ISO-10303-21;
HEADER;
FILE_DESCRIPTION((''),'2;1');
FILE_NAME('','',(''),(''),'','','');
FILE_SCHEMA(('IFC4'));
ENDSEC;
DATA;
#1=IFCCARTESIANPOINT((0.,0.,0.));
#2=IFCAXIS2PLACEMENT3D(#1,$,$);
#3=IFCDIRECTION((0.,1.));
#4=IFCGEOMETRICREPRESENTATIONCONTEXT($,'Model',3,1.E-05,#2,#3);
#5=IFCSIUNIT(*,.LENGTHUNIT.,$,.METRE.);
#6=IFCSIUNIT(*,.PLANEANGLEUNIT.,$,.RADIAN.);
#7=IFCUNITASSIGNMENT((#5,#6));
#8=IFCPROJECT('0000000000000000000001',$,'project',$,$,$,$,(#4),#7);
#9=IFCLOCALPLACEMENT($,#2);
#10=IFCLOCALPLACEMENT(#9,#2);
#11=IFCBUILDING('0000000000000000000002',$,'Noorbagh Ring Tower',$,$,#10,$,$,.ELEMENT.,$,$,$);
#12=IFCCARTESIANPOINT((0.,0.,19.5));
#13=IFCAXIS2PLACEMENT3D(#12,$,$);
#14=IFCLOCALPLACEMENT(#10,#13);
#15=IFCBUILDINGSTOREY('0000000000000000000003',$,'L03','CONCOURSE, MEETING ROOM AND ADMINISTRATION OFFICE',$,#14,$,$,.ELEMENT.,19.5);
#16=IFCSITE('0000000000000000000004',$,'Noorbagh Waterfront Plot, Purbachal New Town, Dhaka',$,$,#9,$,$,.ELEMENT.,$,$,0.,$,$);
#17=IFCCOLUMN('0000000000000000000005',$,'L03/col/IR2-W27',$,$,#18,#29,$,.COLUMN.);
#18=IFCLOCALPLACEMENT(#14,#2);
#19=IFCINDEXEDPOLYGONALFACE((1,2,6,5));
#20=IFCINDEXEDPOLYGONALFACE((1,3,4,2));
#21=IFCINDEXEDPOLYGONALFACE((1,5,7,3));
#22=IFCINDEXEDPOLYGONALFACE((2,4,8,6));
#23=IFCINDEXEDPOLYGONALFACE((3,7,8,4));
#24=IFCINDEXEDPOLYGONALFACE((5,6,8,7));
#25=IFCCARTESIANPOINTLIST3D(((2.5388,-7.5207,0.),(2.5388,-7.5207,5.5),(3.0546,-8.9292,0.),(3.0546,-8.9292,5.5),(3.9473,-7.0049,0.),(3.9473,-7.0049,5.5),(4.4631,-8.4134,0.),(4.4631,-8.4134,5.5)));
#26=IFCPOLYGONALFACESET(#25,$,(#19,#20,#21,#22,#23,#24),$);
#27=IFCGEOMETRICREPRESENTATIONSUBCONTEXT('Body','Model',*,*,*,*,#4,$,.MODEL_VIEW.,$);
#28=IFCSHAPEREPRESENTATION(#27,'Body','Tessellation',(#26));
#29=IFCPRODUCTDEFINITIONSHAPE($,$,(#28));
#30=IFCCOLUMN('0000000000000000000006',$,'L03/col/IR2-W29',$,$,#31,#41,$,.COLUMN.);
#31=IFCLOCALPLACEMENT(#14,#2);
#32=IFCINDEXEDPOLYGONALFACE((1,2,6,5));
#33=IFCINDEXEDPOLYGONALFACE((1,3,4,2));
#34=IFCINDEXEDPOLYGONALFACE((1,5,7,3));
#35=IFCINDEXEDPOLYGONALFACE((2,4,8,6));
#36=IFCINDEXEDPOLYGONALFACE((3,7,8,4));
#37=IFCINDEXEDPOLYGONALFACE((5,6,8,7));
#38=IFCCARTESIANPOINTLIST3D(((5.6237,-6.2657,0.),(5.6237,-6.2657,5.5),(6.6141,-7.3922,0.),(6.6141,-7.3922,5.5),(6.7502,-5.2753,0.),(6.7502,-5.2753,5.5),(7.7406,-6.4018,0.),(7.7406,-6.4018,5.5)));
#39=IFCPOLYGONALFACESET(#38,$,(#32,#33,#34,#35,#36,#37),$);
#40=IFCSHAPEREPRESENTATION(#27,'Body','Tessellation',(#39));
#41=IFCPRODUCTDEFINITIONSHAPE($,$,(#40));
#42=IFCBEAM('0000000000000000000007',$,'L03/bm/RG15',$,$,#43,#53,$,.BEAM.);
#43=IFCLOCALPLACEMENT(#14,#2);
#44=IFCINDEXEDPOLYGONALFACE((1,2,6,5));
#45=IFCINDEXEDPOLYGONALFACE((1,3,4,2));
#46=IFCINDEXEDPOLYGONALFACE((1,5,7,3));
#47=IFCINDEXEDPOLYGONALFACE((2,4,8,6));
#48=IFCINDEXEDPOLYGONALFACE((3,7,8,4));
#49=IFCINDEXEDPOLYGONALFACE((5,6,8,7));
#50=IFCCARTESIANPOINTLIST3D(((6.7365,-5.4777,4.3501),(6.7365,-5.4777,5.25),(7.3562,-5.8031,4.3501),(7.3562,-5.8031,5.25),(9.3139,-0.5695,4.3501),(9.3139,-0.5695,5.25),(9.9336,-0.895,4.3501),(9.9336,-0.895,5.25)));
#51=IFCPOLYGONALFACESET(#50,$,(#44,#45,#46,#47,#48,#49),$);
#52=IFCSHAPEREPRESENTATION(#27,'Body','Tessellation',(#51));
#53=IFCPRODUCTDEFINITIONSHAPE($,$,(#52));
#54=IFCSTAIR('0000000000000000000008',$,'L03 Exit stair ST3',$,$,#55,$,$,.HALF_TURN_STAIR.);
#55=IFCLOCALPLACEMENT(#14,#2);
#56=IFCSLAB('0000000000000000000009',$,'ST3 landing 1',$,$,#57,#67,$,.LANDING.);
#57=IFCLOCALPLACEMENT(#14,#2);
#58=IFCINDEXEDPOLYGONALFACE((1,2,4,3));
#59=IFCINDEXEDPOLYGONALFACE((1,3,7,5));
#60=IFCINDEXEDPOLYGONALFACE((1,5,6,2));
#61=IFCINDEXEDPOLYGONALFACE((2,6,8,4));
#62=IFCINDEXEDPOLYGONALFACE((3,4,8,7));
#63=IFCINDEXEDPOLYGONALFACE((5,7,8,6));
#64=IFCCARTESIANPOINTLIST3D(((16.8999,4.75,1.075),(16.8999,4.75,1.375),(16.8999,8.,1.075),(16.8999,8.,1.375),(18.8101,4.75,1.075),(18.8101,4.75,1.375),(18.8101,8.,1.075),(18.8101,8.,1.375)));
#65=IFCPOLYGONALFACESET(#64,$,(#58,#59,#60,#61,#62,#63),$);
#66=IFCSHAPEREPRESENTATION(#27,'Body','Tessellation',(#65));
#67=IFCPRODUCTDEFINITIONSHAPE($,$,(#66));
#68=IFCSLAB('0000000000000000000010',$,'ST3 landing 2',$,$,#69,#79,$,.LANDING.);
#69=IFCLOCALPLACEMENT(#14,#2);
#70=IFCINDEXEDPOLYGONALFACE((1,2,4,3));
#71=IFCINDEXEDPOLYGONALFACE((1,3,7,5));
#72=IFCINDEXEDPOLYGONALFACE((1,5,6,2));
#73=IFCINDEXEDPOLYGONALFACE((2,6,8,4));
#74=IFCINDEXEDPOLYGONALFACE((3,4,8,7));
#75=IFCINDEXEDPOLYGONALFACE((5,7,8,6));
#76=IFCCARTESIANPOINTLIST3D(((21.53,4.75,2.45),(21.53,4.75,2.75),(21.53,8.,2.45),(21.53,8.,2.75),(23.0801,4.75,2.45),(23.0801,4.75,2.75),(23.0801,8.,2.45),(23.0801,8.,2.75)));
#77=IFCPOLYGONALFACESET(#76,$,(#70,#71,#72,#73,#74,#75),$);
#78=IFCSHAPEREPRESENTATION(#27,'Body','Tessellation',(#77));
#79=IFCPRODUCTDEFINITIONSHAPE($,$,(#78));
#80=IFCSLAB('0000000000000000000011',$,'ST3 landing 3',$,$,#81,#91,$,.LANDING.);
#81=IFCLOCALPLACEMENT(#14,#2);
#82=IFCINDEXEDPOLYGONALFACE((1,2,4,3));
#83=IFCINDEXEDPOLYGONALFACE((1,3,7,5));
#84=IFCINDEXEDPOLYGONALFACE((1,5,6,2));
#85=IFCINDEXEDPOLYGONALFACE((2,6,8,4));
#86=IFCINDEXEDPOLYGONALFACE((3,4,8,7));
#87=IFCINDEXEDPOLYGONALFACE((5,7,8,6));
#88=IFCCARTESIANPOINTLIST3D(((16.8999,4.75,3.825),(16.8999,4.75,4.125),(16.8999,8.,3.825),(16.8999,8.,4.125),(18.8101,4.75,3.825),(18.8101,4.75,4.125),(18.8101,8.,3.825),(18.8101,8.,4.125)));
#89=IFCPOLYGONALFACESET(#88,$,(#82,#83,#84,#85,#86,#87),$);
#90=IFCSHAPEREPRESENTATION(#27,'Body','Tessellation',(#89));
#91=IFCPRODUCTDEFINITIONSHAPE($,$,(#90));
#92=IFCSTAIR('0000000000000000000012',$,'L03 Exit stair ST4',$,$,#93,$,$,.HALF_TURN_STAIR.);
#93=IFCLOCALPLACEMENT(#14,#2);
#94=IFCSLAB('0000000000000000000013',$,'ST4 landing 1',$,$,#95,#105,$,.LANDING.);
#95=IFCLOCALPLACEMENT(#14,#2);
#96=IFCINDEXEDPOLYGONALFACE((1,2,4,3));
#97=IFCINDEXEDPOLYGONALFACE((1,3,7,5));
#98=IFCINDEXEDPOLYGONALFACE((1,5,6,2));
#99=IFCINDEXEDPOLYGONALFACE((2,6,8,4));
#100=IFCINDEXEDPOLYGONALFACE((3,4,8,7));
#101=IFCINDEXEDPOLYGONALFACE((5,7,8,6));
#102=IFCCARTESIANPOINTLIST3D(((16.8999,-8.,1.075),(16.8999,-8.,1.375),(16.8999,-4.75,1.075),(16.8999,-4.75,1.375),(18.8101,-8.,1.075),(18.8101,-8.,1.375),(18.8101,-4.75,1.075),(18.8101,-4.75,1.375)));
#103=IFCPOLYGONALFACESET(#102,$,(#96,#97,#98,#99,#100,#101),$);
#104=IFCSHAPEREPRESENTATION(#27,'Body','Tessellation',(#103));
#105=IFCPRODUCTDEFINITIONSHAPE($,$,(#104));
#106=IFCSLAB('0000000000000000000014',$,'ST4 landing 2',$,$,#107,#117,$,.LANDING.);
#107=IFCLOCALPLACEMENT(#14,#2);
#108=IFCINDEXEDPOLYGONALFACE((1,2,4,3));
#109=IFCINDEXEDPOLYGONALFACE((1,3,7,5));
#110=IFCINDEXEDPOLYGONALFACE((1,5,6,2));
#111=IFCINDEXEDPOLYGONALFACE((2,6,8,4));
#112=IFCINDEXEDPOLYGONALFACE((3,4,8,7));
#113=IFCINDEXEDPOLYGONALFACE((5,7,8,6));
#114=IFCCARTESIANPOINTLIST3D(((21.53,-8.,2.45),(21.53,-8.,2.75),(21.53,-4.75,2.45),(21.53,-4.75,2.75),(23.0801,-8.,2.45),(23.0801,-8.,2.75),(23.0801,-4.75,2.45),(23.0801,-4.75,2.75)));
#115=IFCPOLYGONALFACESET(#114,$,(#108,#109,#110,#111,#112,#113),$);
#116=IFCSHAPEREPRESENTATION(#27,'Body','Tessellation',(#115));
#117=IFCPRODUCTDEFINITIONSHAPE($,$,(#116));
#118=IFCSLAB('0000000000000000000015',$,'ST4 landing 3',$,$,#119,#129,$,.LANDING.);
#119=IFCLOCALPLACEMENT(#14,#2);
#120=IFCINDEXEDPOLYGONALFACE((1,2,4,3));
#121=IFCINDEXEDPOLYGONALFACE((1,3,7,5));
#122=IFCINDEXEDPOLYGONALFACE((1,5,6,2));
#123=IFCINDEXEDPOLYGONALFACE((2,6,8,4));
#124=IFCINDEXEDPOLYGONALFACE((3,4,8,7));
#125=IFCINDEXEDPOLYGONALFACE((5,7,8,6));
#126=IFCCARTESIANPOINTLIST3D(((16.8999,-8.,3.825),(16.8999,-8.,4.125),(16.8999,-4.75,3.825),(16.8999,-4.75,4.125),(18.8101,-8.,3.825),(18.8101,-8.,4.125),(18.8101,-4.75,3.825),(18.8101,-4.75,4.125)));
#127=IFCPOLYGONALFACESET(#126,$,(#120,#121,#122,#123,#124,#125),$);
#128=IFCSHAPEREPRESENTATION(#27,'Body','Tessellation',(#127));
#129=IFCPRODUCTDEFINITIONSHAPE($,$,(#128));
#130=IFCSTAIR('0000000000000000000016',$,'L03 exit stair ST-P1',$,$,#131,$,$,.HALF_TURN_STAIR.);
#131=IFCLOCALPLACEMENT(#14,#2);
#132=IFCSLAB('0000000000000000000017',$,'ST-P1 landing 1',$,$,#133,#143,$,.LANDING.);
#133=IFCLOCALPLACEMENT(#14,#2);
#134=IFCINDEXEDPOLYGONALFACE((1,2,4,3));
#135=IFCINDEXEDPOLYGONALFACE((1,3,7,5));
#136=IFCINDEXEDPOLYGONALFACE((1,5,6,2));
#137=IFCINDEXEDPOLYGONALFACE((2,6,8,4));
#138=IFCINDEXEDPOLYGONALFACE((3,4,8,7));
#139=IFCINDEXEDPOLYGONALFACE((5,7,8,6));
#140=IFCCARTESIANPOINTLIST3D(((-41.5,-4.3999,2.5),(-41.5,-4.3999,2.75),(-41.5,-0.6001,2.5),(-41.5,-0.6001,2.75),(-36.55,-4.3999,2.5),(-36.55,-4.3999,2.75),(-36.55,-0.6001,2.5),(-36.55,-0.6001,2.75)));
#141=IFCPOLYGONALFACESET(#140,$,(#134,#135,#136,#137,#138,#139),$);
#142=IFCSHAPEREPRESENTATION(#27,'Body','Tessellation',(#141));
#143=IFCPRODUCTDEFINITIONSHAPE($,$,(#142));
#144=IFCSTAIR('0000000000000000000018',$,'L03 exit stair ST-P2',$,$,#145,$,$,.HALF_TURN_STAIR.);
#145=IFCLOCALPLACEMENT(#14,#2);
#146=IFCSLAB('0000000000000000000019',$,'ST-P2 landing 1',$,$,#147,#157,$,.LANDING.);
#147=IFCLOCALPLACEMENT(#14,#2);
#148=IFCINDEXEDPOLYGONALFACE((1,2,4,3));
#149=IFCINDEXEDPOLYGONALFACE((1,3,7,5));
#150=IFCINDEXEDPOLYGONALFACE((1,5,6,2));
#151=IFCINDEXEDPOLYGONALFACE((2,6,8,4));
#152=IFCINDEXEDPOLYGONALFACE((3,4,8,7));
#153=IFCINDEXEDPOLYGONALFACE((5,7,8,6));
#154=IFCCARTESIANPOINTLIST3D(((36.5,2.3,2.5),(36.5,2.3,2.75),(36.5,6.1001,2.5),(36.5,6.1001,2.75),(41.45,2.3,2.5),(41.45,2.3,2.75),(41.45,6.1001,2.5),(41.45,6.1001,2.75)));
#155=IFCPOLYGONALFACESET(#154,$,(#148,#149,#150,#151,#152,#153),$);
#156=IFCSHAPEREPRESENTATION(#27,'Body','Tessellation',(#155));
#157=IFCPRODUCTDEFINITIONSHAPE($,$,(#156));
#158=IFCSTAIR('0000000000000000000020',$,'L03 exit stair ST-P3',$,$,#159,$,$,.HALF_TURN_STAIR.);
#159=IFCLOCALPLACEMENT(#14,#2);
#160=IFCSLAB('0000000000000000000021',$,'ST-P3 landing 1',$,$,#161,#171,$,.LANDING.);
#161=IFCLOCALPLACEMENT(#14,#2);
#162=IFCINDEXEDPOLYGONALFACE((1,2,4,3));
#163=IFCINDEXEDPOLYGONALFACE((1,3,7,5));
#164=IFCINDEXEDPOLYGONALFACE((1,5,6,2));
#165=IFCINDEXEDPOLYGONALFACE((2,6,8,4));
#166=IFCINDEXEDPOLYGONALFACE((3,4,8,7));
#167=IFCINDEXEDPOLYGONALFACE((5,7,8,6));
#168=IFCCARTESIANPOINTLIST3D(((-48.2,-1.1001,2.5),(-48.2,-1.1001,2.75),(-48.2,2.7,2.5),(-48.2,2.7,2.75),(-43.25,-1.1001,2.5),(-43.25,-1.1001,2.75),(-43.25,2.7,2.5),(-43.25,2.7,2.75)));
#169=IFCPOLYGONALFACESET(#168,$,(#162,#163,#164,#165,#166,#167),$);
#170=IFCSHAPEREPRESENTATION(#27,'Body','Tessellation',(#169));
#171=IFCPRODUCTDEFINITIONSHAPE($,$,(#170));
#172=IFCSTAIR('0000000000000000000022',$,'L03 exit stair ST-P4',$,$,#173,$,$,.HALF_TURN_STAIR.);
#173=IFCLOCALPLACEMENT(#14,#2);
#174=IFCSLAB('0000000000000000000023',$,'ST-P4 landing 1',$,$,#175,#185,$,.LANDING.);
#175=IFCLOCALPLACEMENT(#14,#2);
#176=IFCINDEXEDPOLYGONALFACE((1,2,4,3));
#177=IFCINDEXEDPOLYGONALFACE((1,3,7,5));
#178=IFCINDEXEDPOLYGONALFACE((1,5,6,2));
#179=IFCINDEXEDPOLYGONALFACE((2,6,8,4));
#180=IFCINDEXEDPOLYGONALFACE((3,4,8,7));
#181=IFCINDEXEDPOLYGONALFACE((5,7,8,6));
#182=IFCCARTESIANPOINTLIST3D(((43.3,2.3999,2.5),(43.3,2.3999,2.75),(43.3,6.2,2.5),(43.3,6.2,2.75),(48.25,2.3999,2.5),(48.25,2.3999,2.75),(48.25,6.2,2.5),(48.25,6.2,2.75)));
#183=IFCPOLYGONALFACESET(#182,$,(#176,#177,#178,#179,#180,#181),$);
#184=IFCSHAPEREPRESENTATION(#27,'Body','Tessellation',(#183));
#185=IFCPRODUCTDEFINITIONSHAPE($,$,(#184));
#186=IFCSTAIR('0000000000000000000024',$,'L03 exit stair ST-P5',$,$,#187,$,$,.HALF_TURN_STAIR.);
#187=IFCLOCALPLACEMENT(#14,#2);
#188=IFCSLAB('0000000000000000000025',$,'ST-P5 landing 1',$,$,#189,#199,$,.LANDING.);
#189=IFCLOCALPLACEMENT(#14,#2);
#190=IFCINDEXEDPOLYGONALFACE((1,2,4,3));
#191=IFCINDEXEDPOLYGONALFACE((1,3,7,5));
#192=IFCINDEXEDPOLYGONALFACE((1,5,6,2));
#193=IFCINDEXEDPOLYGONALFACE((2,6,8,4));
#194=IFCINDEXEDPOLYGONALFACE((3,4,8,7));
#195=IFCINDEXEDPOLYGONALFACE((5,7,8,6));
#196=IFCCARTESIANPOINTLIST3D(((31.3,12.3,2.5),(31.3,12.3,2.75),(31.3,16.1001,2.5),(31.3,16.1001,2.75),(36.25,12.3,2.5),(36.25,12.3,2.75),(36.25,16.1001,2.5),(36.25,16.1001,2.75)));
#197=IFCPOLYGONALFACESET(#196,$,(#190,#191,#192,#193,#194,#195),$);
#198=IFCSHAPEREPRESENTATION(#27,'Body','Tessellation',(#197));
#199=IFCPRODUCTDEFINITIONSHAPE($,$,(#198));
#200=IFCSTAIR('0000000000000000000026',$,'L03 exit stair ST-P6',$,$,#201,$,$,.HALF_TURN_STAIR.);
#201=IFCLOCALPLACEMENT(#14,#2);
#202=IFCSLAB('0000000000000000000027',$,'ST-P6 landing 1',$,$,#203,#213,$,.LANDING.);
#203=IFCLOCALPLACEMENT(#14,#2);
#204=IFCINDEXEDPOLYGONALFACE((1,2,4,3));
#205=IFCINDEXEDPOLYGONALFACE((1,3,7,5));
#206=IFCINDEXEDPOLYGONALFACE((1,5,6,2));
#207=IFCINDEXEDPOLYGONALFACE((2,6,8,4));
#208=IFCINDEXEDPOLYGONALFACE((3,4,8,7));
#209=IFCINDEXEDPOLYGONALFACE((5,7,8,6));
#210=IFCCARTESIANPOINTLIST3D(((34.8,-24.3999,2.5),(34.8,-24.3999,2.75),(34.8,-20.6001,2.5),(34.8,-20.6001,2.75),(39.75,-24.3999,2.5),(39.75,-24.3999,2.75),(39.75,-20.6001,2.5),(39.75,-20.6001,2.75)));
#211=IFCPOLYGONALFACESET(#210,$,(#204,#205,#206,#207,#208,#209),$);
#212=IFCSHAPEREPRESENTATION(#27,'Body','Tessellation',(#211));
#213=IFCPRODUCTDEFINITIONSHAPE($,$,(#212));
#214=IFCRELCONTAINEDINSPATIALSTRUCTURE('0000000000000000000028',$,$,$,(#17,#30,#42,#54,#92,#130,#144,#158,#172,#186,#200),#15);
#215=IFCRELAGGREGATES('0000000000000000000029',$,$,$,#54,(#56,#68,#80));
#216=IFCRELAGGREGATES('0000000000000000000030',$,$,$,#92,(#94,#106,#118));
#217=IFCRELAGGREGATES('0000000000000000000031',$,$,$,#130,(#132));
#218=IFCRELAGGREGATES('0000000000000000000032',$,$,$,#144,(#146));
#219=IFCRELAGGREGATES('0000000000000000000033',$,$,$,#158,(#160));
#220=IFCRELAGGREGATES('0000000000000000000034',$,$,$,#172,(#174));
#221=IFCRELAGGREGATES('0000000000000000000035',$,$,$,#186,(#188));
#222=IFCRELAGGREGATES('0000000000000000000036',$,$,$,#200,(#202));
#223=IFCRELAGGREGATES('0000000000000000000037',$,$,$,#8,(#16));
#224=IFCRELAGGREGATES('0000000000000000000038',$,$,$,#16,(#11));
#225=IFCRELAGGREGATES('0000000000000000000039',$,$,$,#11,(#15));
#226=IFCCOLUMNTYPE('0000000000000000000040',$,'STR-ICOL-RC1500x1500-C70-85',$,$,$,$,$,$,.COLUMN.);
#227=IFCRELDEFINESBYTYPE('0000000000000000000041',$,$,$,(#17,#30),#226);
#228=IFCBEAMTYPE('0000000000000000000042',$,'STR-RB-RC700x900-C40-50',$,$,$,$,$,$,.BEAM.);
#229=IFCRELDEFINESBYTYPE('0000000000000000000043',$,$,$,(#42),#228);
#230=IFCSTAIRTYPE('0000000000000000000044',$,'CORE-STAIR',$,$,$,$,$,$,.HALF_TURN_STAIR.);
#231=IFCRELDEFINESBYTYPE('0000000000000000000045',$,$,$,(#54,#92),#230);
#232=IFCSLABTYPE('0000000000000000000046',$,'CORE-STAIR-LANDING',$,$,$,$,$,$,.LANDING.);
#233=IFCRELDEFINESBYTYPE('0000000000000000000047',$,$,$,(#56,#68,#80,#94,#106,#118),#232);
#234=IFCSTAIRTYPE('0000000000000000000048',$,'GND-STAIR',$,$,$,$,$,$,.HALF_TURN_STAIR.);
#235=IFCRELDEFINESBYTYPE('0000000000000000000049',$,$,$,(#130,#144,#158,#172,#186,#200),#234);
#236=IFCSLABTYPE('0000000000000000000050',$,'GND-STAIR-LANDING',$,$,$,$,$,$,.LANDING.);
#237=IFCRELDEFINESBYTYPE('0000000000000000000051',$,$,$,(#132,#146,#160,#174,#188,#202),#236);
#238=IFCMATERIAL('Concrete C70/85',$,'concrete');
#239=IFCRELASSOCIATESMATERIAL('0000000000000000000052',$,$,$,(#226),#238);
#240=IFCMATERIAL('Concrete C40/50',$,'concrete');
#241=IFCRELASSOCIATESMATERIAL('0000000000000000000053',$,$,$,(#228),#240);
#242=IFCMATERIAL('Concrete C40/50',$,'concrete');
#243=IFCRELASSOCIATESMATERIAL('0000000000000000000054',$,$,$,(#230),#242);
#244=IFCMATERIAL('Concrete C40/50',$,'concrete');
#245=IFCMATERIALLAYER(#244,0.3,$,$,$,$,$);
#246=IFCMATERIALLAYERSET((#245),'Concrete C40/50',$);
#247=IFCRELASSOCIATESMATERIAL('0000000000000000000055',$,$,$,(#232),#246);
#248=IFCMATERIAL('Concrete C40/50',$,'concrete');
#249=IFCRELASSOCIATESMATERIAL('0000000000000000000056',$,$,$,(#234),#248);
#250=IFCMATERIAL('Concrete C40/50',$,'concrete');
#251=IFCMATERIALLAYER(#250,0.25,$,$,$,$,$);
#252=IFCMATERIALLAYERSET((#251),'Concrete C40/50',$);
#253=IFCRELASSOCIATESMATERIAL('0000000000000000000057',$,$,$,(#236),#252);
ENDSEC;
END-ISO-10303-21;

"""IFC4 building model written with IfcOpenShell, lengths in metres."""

from ifc_helpers import new_model, si_unit, direction, frame, origin, origin_2d, place, context, subcontext, project, spatial, polyline, rectangle, outline, extrude, material, layer, layer_set, material_profile, profile_set, type_object, element, aggregate, save


model = new_model("IFC4")

# Units and contexts
model_context = context("Model", 3, precision=1e-05, world=origin(), true_north=direction((0.0, 1.0)))
body_context = subcontext(model_context, "Body", "Model", "MODEL_VIEW")
ifc_project = project(units=[si_unit("LENGTHUNIT", "METRE"), si_unit("PLANEANGLEUNIT", "RADIAN")], contexts=[model_context])

# Site, building, storey
site_placement = place(None, origin())
site = spatial("IfcSite", under=ifc_project, at=site_placement, Name="Noorbagh Waterfront Plot, Purbachal New Town, Dhaka", CompositionType="ELEMENT", RefElevation=0.0)
building_placement = place(site_placement, origin())
building = spatial("IfcBuilding", under=site, at=building_placement, Name="Noorbagh Ring Tower", CompositionType="ELEMENT")
storey_placement = place(building_placement, frame((0.0, 0.0, 19.5)))
storey = spatial("IfcBuildingStorey", under=building, at=storey_placement, Name="L03", Description="CONCOURSE, MEETING ROOM AND ADMINISTRATION OFFICE", CompositionType="ELEMENT", Elevation=19.5)

# Columns
ifc_material_1 = material(Name="Concrete C70/85", Category="concrete")
ifc_material_profile_1 = material_profile(ifc_material_1, rectangle(XDim=1.5, YDim=1.5, at=origin_2d()), Name="RC1500x1500")
ifc_profile_set_1 = profile_set([ifc_material_profile_1], Name="Concrete C70/85")
column_type = type_object("IfcColumnType", Name="STR-ICOL-RC1500x1500-C70-85", PredefinedType="COLUMN", material=ifc_profile_set_1)
for number, where, z_axis, x_axis, name in (
    (1, (3.501, -7.967, 0.0), (0.0, 0.0, 1.0), (0.93902, 0.343864, 0.0), "L03/col/IR2-W27"),
    (2, (6.6821, -6.3337, 0.0), (0.0, 0.0, 1.0), (0.751022, 0.660277, 0.0), "L03/col/IR2-W29"),
):
    element("IfcColumn", number, at=place(storey_placement, frame(where, z_axis=z_axis, x_axis=x_axis)), inside=storey, type_object=column_type, Name=name, PredefinedType="COLUMN", context=body_context, shape_type="SweptSolid", body=[
        extrude(rectangle(XDim=1.5, YDim=1.5, at=origin_2d()), origin(), (0.0, 0.0, 1.0), 5.5),
    ])

# Beam
ifc_material_2 = material(Name="Concrete C40/50", Category="concrete")
ifc_material_profile_2 = material_profile(ifc_material_2, rectangle(XDim=0.7, YDim=0.8999, at=origin_2d()), Name="RC700x900")
ifc_profile_set_2 = profile_set([ifc_material_profile_2], Name="Concrete C40/50")
beam_type = type_object("IfcBeamType", Name="STR-RB-RC700x900-C40-50", PredefinedType="BEAM", material=ifc_profile_set_2)
beam_placement = place(storey_placement, frame((7.0464, -5.6404, 4.8), z_axis=(0.464917, 0.885354, 0.0), x_axis=(-0.885354, 0.464917, 0.0)))
element("IfcBeam", 3, at=beam_placement, inside=storey, type_object=beam_type, Name="L03/bm/RG15", PredefinedType="BEAM", context=body_context, shape_type="SweptSolid", body=[
    extrude(rectangle(XDim=0.7, YDim=0.8999, at=origin_2d()), origin(), (0.0, 0.0, 1.0), 5.5437),
])

# Stairs, slabs
ifc_material_3 = material(Name="Concrete C40/50", Category="concrete")
stair_type_1 = type_object("IfcStairType", Name="CORE-STAIR", PredefinedType="HALF_TURN_STAIR", material=ifc_material_3)
stair_1_placement = place(storey_placement, origin())
stair_1 = element("IfcStair", 4, at=stair_1_placement, inside=storey, type_object=stair_type_1, Name="L03 Exit stair ST3", PredefinedType="HALF_TURN_STAIR")
ifc_material_4 = material(Name="Concrete C40/50", Category="concrete")
ifc_layer_1 = layer(ifc_material_4, 0.3)
ifc_layer_set_1 = layer_set([ifc_layer_1], Name="Concrete C40/50")
slab_type_1 = type_object("IfcSlabType", Name="CORE-STAIR-LANDING", PredefinedType="LANDING", material=ifc_layer_set_1)
slab_1_placement = place(storey_placement, frame((0.0, 0.0, 1.075)))
slab_1 = element("IfcSlab", 5, at=slab_1_placement, type_object=slab_type_1, Name="ST3 landing 1", PredefinedType="LANDING", context=body_context, shape_type="SweptSolid", body=[
    extrude(outline(polyline([(18.8101, 8.0), (16.8999, 8.0), (16.8999, 4.75), (18.8101, 4.75), (18.8101, 8.0)])), origin(), (0.0, 0.0, 1.0), 0.3),
])
slab_2_placement = place(storey_placement, frame((0.0, 0.0, 2.45)))
slab_2 = element("IfcSlab", 6, at=slab_2_placement, type_object=slab_type_1, Name="ST3 landing 2", PredefinedType="LANDING", context=body_context, shape_type="SweptSolid", body=[
    extrude(outline(polyline([(23.0801, 8.0), (21.53, 8.0), (21.53, 4.75), (23.0801, 4.75), (23.0801, 8.0)])), origin(), (0.0, 0.0, 1.0), 0.3),
])
slab_3_placement = place(storey_placement, frame((0.0, 0.0, 3.825)))
slab_3 = element("IfcSlab", 7, at=slab_3_placement, type_object=slab_type_1, Name="ST3 landing 3", PredefinedType="LANDING", context=body_context, shape_type="SweptSolid", body=[
    extrude(outline(polyline([(18.8101, 8.0), (16.8999, 8.0), (16.8999, 4.75), (18.8101, 4.75), (18.8101, 8.0)])), origin(), (0.0, 0.0, 1.0), 0.3),
])
aggregate(stair_1, [slab_1, slab_2, slab_3])
stair_2_placement = place(storey_placement, origin())
stair_2 = element("IfcStair", 8, at=stair_2_placement, inside=storey, type_object=stair_type_1, Name="L03 Exit stair ST4", PredefinedType="HALF_TURN_STAIR")
slab_4_placement = place(storey_placement, frame((0.0, 0.0, 1.075)))
slab_4 = element("IfcSlab", 9, at=slab_4_placement, type_object=slab_type_1, Name="ST4 landing 1", PredefinedType="LANDING", context=body_context, shape_type="SweptSolid", body=[
    extrude(outline(polyline([(18.8101, -4.75), (16.8999, -4.75), (16.8999, -8.0), (18.8101, -8.0), (18.8101, -4.75)])), origin(), (0.0, 0.0, 1.0), 0.3),
])
slab_5_placement = place(storey_placement, frame((0.0, 0.0, 2.45)))
slab_5 = element("IfcSlab", 10, at=slab_5_placement, type_object=slab_type_1, Name="ST4 landing 2", PredefinedType="LANDING", context=body_context, shape_type="SweptSolid", body=[
    extrude(outline(polyline([(23.0801, -4.75), (21.53, -4.75), (21.53, -8.0), (23.0801, -8.0), (23.0801, -4.75)])), origin(), (0.0, 0.0, 1.0), 0.3),
])
slab_6_placement = place(storey_placement, frame((0.0, 0.0, 3.825)))
slab_6 = element("IfcSlab", 11, at=slab_6_placement, type_object=slab_type_1, Name="ST4 landing 3", PredefinedType="LANDING", context=body_context, shape_type="SweptSolid", body=[
    extrude(outline(polyline([(18.8101, -4.75), (16.8999, -4.75), (16.8999, -8.0), (18.8101, -8.0), (18.8101, -4.75)])), origin(), (0.0, 0.0, 1.0), 0.3),
])
aggregate(stair_2, [slab_4, slab_5, slab_6])

# Stairs, slabs
ifc_material_5 = material(Name="Concrete C40/50", Category="concrete")
stair_type_2 = type_object("IfcStairType", Name="GND-STAIR", PredefinedType="HALF_TURN_STAIR", material=ifc_material_5)
stair_3_placement = place(storey_placement, origin())
stair_3 = element("IfcStair", 12, at=stair_3_placement, inside=storey, type_object=stair_type_2, Name="L03 exit stair ST-P1", PredefinedType="HALF_TURN_STAIR")
ifc_material_6 = material(Name="Concrete C40/50", Category="concrete")
ifc_layer_2 = layer(ifc_material_6, 0.25)
ifc_layer_set_2 = layer_set([ifc_layer_2], Name="Concrete C40/50")
slab_type_2 = type_object("IfcSlabType", Name="GND-STAIR-LANDING", PredefinedType="LANDING", material=ifc_layer_set_2)
slab_7_placement = place(storey_placement, frame((0.0, 0.0, 2.5)))
slab_7 = element("IfcSlab", 13, at=slab_7_placement, type_object=slab_type_2, Name="ST-P1 landing 1", PredefinedType="LANDING", context=body_context, shape_type="SweptSolid", body=[
    extrude(outline(polyline([(-36.55, -4.3999), (-36.55, -0.6001), (-41.5, -0.6001), (-41.5, -4.3999), (-36.55, -4.3999)])), origin(), (0.0, 0.0, 1.0), 0.25),
])
aggregate(stair_3, [slab_7])
stair_4_placement = place(storey_placement, origin())
stair_4 = element("IfcStair", 14, at=stair_4_placement, inside=storey, type_object=stair_type_2, Name="L03 exit stair ST-P2", PredefinedType="HALF_TURN_STAIR")
slab_8_placement = place(storey_placement, frame((0.0, 0.0, 2.5)))
slab_8 = element("IfcSlab", 15, at=slab_8_placement, type_object=slab_type_2, Name="ST-P2 landing 1", PredefinedType="LANDING", context=body_context, shape_type="SweptSolid", body=[
    extrude(outline(polyline([(41.45, 2.3), (41.45, 6.1001), (36.5, 6.1001), (36.5, 2.3), (41.45, 2.3)])), origin(), (0.0, 0.0, 1.0), 0.25),
])
aggregate(stair_4, [slab_8])
stair_5_placement = place(storey_placement, origin())
stair_5 = element("IfcStair", 16, at=stair_5_placement, inside=storey, type_object=stair_type_2, Name="L03 exit stair ST-P3", PredefinedType="HALF_TURN_STAIR")
slab_9_placement = place(storey_placement, frame((0.0, 0.0, 2.5)))
slab_9 = element("IfcSlab", 17, at=slab_9_placement, type_object=slab_type_2, Name="ST-P3 landing 1", PredefinedType="LANDING", context=body_context, shape_type="SweptSolid", body=[
    extrude(outline(polyline([(-43.25, -1.1001), (-43.25, 2.7), (-48.2, 2.7), (-48.2, -1.1001), (-43.25, -1.1001)])), origin(), (0.0, 0.0, 1.0), 0.25),
])
aggregate(stair_5, [slab_9])
stair_6_placement = place(storey_placement, origin())
stair_6 = element("IfcStair", 18, at=stair_6_placement, inside=storey, type_object=stair_type_2, Name="L03 exit stair ST-P4", PredefinedType="HALF_TURN_STAIR")
slab_10_placement = place(storey_placement, frame((0.0, 0.0, 2.5)))
slab_10 = element("IfcSlab", 19, at=slab_10_placement, type_object=slab_type_2, Name="ST-P4 landing 1", PredefinedType="LANDING", context=body_context, shape_type="SweptSolid", body=[
    extrude(outline(polyline([(48.25, 2.3999), (48.25, 6.2), (43.3, 6.2), (43.3, 2.3999), (48.25, 2.3999)])), origin(), (0.0, 0.0, 1.0), 0.25),
])
aggregate(stair_6, [slab_10])
stair_7_placement = place(storey_placement, origin())
stair_7 = element("IfcStair", 20, at=stair_7_placement, inside=storey, type_object=stair_type_2, Name="L03 exit stair ST-P5", PredefinedType="HALF_TURN_STAIR")
slab_11_placement = place(storey_placement, frame((0.0, 0.0, 2.5)))
slab_11 = element("IfcSlab", 21, at=slab_11_placement, type_object=slab_type_2, Name="ST-P5 landing 1", PredefinedType="LANDING", context=body_context, shape_type="SweptSolid", body=[
    extrude(outline(polyline([(31.3, 16.1001), (31.3, 12.3), (36.25, 12.3), (36.25, 16.1001), (31.3, 16.1001)])), origin(), (0.0, 0.0, 1.0), 0.25),
])
aggregate(stair_7, [slab_11])
stair_8_placement = place(storey_placement, origin())
stair_8 = element("IfcStair", 22, at=stair_8_placement, inside=storey, type_object=stair_type_2, Name="L03 exit stair ST-P6", PredefinedType="HALF_TURN_STAIR")
slab_12_placement = place(storey_placement, frame((0.0, 0.0, 2.5)))
slab_12 = element("IfcSlab", 23, at=slab_12_placement, type_object=slab_type_2, Name="ST-P6 landing 1", PredefinedType="LANDING", context=body_context, shape_type="SweptSolid", body=[
    extrude(outline(polyline([(34.8, -20.6001), (34.8, -24.3999), (39.75, -24.3999), (39.75, -20.6001), (34.8, -20.6001)])), origin(), (0.0, 0.0, 1.0), 0.25),
])
aggregate(stair_8, [slab_12])

save(model, "model.ifc")
